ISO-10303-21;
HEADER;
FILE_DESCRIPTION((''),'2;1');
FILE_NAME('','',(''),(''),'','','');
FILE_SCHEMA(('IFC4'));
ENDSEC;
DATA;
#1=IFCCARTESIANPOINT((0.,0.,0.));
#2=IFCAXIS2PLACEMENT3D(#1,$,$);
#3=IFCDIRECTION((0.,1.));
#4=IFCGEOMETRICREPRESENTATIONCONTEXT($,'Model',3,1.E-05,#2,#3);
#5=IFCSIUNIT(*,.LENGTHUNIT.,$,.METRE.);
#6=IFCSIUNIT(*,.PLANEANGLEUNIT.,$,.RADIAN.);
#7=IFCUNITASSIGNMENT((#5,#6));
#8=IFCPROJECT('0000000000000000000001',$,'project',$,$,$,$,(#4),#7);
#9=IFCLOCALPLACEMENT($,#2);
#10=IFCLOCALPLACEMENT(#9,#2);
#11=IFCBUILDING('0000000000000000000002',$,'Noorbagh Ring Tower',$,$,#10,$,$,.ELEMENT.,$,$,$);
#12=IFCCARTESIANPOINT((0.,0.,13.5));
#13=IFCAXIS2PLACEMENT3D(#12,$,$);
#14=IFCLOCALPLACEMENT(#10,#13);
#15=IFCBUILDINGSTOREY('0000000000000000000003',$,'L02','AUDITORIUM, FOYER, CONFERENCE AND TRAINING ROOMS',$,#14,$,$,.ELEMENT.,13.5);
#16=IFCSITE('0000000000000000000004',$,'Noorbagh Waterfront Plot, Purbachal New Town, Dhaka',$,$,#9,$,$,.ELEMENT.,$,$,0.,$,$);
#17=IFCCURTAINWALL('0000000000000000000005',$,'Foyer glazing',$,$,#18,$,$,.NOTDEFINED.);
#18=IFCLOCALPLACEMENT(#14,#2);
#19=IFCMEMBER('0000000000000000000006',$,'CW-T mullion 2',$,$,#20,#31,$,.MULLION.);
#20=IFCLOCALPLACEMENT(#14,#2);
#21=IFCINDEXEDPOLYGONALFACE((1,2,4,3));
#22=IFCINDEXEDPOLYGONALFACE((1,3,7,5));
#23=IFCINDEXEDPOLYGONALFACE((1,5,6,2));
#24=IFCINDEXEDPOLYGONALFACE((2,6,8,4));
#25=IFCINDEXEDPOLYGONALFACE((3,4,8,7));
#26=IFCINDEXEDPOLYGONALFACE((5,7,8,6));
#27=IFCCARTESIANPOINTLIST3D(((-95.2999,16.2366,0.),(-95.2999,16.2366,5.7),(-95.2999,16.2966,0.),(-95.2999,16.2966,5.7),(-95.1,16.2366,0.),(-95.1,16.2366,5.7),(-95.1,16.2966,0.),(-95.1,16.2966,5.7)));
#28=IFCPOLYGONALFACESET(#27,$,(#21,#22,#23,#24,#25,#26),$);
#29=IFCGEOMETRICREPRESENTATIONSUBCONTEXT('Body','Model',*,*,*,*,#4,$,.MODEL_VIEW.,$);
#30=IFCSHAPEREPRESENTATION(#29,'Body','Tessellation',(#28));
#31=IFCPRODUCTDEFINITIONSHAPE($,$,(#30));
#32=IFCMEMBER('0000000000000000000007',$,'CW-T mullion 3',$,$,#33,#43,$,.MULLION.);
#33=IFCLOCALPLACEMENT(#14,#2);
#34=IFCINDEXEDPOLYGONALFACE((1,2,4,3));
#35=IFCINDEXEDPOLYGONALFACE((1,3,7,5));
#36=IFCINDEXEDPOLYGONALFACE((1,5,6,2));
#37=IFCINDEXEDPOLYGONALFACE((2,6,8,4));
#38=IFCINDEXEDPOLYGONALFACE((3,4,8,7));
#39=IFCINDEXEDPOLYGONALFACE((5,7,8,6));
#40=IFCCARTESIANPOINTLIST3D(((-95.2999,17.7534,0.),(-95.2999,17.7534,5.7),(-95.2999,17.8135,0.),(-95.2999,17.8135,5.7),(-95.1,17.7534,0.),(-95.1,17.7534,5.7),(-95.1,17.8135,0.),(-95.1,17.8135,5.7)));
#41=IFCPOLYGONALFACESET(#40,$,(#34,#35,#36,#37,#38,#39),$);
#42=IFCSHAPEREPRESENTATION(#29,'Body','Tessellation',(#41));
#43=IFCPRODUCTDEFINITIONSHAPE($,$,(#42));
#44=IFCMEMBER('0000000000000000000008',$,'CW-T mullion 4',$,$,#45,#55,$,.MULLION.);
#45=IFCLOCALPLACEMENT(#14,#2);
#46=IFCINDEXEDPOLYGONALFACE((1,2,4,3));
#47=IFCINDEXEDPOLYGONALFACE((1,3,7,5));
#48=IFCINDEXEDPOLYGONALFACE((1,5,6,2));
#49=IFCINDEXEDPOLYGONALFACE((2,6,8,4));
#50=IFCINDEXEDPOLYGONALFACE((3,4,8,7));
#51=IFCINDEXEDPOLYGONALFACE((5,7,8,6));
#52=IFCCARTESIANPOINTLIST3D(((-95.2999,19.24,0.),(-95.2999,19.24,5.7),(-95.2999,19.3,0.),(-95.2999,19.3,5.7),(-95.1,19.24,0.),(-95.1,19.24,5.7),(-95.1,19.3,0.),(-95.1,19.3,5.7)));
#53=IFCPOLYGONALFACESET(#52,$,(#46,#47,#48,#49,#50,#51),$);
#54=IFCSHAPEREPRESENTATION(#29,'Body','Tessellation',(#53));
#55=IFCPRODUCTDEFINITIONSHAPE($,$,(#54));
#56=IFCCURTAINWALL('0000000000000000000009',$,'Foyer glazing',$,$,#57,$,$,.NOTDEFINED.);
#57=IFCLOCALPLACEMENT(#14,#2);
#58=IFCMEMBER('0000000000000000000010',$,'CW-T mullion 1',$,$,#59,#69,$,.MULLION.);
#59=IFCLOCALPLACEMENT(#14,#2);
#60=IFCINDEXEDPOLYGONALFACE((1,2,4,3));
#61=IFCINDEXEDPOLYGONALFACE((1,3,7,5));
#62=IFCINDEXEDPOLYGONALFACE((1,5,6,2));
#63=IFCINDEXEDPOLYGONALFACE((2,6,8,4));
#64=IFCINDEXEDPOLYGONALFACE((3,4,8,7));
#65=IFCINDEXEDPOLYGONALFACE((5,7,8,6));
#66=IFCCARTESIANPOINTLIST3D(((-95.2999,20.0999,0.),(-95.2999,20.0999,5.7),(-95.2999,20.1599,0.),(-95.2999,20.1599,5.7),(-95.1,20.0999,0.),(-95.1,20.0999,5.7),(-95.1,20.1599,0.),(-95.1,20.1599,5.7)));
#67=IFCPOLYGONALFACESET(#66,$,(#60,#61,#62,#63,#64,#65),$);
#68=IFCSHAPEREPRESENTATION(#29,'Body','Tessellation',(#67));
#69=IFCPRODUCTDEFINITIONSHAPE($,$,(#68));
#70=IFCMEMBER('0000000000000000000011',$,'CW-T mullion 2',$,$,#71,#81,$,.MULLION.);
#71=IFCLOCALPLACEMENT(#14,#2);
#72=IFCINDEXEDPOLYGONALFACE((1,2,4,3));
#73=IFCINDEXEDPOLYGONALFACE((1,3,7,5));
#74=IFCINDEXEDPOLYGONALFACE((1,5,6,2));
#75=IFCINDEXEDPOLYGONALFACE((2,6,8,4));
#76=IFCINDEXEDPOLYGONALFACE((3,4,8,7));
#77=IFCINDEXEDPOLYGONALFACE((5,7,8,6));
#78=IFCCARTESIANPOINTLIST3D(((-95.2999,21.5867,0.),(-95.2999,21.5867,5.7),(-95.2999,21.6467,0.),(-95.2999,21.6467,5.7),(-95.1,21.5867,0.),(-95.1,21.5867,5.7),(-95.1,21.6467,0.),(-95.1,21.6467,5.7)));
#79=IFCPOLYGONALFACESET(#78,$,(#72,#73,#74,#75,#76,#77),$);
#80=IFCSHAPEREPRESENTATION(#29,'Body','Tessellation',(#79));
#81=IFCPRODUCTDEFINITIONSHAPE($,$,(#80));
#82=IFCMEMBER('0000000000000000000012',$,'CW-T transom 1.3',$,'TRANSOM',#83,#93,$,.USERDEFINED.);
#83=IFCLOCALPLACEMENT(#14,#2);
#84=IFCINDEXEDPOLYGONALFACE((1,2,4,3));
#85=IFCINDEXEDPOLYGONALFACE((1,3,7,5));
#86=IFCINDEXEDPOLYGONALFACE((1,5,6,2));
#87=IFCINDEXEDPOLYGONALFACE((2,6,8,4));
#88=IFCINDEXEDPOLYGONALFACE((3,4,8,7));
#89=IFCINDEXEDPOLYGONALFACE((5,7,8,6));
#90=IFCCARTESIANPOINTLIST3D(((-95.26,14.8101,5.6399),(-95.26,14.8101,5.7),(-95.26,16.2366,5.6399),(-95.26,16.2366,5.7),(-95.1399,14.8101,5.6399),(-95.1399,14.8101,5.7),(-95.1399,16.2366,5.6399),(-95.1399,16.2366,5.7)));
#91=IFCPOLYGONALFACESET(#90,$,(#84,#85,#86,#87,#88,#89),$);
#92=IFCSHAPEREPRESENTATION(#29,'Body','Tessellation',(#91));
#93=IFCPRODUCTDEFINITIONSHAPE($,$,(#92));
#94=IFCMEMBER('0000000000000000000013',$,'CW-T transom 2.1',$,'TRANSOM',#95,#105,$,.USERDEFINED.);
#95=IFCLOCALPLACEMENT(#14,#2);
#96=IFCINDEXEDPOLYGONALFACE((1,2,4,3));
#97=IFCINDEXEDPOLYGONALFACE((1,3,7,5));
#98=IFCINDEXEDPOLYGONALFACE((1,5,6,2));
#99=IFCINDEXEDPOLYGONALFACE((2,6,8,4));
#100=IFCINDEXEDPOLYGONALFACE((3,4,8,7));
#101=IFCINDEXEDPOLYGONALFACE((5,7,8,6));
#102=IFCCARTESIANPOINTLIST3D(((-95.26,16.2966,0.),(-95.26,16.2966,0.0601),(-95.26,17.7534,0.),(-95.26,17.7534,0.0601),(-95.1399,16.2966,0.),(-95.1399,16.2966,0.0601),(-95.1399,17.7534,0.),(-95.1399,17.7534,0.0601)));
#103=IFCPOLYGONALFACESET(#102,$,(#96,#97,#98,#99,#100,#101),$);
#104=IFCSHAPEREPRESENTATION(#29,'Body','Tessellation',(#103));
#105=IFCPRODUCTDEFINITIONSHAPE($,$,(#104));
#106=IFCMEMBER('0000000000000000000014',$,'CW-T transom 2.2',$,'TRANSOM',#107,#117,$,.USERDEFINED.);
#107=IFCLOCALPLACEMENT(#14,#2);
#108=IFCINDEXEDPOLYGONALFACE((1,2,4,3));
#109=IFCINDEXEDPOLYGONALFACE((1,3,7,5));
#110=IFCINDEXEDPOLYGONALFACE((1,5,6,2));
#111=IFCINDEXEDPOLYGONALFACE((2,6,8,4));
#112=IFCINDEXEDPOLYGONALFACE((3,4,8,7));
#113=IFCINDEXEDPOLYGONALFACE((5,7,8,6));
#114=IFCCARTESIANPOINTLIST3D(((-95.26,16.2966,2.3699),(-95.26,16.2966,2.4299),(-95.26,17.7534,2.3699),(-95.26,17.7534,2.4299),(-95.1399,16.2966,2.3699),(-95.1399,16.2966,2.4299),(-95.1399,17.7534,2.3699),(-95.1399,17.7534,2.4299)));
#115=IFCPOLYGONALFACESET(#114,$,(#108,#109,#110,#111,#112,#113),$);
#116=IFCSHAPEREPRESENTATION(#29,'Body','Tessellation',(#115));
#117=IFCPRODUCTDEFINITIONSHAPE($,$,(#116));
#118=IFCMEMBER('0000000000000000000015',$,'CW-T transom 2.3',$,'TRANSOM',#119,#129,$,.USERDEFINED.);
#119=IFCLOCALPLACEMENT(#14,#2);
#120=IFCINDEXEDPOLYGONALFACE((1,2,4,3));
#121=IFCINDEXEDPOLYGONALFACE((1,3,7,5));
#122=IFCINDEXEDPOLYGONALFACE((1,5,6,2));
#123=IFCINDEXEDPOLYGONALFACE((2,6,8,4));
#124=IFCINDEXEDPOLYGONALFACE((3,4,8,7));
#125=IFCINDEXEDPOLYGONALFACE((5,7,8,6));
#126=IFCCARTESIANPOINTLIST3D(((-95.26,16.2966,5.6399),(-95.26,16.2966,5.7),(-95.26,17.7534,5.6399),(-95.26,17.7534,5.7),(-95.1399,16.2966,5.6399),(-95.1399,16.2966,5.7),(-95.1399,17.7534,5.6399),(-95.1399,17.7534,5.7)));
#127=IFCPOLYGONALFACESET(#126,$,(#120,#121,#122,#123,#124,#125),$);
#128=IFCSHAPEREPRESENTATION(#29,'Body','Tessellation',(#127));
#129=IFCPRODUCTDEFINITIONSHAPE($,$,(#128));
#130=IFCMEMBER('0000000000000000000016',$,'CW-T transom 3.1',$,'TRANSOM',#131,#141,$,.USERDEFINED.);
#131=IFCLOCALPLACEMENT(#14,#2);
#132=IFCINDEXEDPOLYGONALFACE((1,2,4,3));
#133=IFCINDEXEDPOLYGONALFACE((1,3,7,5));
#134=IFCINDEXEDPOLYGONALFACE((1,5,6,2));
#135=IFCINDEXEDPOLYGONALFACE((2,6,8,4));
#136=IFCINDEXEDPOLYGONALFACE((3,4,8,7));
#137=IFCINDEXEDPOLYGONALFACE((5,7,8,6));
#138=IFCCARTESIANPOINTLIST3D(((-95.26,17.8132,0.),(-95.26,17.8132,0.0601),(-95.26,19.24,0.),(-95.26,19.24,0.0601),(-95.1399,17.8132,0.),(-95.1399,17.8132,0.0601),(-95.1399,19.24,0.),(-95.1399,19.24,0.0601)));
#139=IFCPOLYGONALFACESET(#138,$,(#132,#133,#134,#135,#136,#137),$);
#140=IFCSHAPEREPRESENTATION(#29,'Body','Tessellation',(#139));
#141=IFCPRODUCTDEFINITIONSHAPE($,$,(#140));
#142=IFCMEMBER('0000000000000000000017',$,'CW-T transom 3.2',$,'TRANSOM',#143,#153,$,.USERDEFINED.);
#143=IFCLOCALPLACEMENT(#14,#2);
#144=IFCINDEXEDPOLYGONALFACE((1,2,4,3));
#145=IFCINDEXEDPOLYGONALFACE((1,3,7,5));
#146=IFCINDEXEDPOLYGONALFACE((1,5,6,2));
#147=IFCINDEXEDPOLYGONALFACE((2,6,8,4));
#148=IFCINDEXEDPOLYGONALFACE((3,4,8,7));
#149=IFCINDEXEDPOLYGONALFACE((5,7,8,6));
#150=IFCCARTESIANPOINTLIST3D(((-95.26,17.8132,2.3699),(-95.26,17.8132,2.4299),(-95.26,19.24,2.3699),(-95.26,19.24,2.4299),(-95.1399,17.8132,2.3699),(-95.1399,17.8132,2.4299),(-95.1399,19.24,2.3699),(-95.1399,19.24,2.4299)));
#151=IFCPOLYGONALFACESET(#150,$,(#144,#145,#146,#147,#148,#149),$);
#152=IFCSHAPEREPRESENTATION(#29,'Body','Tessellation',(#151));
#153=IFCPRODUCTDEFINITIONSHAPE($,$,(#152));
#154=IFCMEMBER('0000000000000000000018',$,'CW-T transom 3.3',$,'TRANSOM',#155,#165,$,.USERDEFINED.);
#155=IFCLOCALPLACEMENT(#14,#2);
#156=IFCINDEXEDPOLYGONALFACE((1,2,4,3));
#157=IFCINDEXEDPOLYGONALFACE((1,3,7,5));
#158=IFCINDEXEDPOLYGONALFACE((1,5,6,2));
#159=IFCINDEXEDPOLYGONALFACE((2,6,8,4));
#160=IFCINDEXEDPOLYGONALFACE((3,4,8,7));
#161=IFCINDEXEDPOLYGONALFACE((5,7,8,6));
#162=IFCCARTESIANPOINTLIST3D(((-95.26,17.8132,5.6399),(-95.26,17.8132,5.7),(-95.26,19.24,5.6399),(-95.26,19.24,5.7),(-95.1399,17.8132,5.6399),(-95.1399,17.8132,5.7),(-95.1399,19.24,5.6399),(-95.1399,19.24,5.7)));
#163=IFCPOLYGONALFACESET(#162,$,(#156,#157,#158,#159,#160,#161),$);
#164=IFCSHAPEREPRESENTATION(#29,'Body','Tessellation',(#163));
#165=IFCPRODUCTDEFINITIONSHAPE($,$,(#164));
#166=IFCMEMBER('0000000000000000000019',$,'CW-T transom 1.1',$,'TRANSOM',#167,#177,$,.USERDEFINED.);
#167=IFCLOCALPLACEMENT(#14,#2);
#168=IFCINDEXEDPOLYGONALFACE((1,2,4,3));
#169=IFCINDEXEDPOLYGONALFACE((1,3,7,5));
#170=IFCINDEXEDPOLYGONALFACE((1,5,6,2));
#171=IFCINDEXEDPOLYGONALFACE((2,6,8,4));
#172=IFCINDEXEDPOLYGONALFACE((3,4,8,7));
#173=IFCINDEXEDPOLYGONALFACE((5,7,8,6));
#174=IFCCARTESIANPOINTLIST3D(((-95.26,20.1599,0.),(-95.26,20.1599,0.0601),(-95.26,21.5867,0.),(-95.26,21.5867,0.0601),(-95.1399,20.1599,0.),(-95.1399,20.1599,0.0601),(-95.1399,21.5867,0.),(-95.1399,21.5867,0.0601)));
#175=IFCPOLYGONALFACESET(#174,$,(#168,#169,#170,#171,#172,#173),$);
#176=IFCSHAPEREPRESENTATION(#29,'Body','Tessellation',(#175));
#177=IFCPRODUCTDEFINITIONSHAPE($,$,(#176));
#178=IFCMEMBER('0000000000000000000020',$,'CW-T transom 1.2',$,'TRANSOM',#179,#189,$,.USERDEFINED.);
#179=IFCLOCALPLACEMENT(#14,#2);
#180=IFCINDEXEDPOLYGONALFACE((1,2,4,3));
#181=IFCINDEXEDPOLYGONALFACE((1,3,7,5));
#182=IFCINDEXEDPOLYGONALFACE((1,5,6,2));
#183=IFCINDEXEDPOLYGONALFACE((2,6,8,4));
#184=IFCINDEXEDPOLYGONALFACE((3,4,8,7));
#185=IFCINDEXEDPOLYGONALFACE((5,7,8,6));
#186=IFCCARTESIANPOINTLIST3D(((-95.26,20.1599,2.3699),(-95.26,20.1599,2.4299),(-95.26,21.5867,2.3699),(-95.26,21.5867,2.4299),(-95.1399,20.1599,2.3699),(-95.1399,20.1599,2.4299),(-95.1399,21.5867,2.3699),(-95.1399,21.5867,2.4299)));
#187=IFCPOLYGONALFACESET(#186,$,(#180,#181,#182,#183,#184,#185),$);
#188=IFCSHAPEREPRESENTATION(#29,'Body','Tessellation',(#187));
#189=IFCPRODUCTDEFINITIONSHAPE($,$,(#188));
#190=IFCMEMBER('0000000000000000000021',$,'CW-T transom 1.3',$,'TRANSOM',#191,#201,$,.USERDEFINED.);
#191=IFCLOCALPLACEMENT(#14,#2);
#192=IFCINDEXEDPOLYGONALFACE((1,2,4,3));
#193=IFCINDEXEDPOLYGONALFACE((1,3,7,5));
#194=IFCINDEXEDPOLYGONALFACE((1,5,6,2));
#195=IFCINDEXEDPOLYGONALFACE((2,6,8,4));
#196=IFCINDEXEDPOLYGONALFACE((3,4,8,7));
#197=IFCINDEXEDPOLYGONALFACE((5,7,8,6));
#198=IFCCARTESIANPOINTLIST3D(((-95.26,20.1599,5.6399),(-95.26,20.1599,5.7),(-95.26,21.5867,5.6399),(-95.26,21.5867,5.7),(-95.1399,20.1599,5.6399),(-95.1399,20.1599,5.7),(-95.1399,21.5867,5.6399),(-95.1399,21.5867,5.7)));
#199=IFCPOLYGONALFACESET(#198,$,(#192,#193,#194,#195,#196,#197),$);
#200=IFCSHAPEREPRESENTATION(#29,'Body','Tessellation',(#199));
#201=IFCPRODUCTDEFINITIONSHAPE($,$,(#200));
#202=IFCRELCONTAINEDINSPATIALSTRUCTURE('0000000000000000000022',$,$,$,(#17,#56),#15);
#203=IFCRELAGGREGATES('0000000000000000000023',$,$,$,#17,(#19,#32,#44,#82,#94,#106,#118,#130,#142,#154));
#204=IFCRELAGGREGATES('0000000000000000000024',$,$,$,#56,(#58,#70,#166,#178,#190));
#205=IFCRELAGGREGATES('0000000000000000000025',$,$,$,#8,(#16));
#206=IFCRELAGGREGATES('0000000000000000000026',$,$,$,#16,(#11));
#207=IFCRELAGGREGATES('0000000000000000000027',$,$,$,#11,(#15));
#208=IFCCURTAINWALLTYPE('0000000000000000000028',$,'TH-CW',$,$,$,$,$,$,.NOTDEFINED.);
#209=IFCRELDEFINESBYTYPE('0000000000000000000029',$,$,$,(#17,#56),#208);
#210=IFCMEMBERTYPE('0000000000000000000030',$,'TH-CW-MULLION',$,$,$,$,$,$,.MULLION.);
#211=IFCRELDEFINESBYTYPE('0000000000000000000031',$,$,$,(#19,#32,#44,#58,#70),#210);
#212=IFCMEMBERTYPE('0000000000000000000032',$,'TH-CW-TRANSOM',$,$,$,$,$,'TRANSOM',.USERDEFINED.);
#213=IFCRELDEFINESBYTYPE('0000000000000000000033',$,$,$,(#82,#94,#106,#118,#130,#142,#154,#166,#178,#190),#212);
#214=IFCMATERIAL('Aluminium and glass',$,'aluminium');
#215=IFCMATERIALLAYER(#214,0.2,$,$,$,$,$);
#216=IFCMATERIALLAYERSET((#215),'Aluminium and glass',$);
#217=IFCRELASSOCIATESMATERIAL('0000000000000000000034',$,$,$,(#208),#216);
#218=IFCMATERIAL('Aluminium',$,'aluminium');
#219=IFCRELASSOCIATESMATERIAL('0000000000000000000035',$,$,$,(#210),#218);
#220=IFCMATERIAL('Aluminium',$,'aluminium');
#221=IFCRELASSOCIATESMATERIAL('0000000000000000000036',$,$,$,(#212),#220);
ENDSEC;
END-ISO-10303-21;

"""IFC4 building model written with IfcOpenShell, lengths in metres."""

from ifc_helpers import new_model, si_unit, direction, frame, origin, origin_2d, place, context, subcontext, project, spatial, rectangle, extrude, material, layer, layer_set, material_profile, profile_set, type_object, element, aggregate, save


model = new_model("IFC4")

# Units and contexts
model_context = context("Model", 3, precision=1e-05, world=origin(), true_north=direction((0.0, 1.0)))
body_context = subcontext(model_context, "Body", "Model", "MODEL_VIEW")
ifc_project = project(units=[si_unit("LENGTHUNIT", "METRE"), si_unit("PLANEANGLEUNIT", "RADIAN")], contexts=[model_context])

# Site, building, storey
site_placement = place(None, origin())
site = spatial("IfcSite", under=ifc_project, at=site_placement, Name="Noorbagh Waterfront Plot, Purbachal New Town, Dhaka", CompositionType="ELEMENT", RefElevation=0.0)
building_placement = place(site_placement, origin())
building = spatial("IfcBuilding", under=site, at=building_placement, Name="Noorbagh Ring Tower", CompositionType="ELEMENT")
storey_placement = place(building_placement, frame((0.0, 0.0, 13.5)))
storey = spatial("IfcBuildingStorey", under=building, at=storey_placement, Name="L02", Description="AUDITORIUM, FOYER, CONFERENCE AND TRAINING ROOMS", CompositionType="ELEMENT", Elevation=13.5)

# Curtain walls, members
ifc_material_1 = material(Name="Aluminium and glass", Category="aluminium")
ifc_layer_1 = layer(ifc_material_1, 0.2)
ifc_layer_set_1 = layer_set([ifc_layer_1], Name="Aluminium and glass")
curtain_wall_type = type_object("IfcCurtainWallType", Name="TH-CW", PredefinedType="NOTDEFINED", material=ifc_layer_set_1)
curtain_wall_1_placement = place(storey_placement, origin())
curtain_wall_1 = element("IfcCurtainWall", 1, at=curtain_wall_1_placement, inside=storey, type_object=curtain_wall_type, Name="Foyer glazing", PredefinedType="NOTDEFINED")
ifc_material_2 = material(Name="Aluminium", Category="aluminium")
ifc_material_profile_1 = material_profile(ifc_material_2, rectangle(XDim=0.2, YDim=0.0601, at=origin_2d()), Name="AL 200x60")
ifc_profile_set_1 = profile_set([ifc_material_profile_1], Name="Aluminium")
member_type_1 = type_object("IfcMemberType", Name="TH-CW-MULLION", PredefinedType="MULLION", material=ifc_profile_set_1)
member_1_placement = place(storey_placement, frame((-95.2, 16.2666, 0.0), z_axis=(0.0, 0.0, 1.0), x_axis=(-1.0, 0.0, 0.0)))
member_1 = element("IfcMember", 2, at=member_1_placement, type_object=member_type_1, Name="CW-T mullion 2", PredefinedType="MULLION", context=body_context, shape_type="SweptSolid", body=[
    extrude(rectangle(XDim=0.2, YDim=0.0601, at=origin_2d()), origin(), (0.0, 0.0, 1.0), 5.7),
])
member_2_placement = place(storey_placement, frame((-95.2, 17.7834, 0.0), z_axis=(0.0, 0.0, 1.0), x_axis=(-1.0, 0.0, 0.0)))
member_2 = element("IfcMember", 3, at=member_2_placement, type_object=member_type_1, Name="CW-T mullion 3", PredefinedType="MULLION", context=body_context, shape_type="SweptSolid", body=[
    extrude(rectangle(XDim=0.2, YDim=0.0601, at=origin_2d()), origin(), (0.0, 0.0, 1.0), 5.7),
])
member_3_placement = place(storey_placement, frame((-95.2, 19.27, 0.0), z_axis=(0.0, 0.0, 1.0), x_axis=(-1.0, 0.0, 0.0)))
member_3 = element("IfcMember", 4, at=member_3_placement, type_object=member_type_1, Name="CW-T mullion 4", PredefinedType="MULLION", context=body_context, shape_type="SweptSolid", body=[
    extrude(rectangle(XDim=0.2, YDim=0.0601, at=origin_2d()), origin(), (0.0, 0.0, 1.0), 5.7),
])
curtain_wall_2_placement = place(storey_placement, origin())
curtain_wall_2 = element("IfcCurtainWall", 5, at=curtain_wall_2_placement, inside=storey, type_object=curtain_wall_type, Name="Foyer glazing", PredefinedType="NOTDEFINED")
member_4_placement = place(storey_placement, frame((-95.2, 20.1299, 0.0), z_axis=(0.0, 0.0, 1.0), x_axis=(-1.0, 0.0, 0.0)))
member_4 = element("IfcMember", 6, at=member_4_placement, type_object=member_type_1, Name="CW-T mullion 1", PredefinedType="MULLION", context=body_context, shape_type="SweptSolid", body=[
    extrude(rectangle(XDim=0.2, YDim=0.0601, at=origin_2d()), origin(), (0.0, 0.0, 1.0), 5.7),
])
member_5_placement = place(storey_placement, frame((-95.2, 21.6167, 0.0), z_axis=(0.0, 0.0, 1.0), x_axis=(-1.0, 0.0, 0.0)))
member_5 = element("IfcMember", 7, at=member_5_placement, type_object=member_type_1, Name="CW-T mullion 2", PredefinedType="MULLION", context=body_context, shape_type="SweptSolid", body=[
    extrude(rectangle(XDim=0.2, YDim=0.0601, at=origin_2d()), origin(), (0.0, 0.0, 1.0), 5.7),
])

# Members
ifc_material_3 = material(Name="Aluminium", Category="aluminium")
ifc_material_profile_2 = material_profile(ifc_material_3, rectangle(XDim=0.1201, YDim=0.0601, at=origin_2d()), Name="AL 120x60")
ifc_profile_set_2 = profile_set([ifc_material_profile_2], Name="Aluminium")
member_type_2 = type_object("IfcMemberType", Name="TH-CW-TRANSOM", ElementType="TRANSOM", PredefinedType="USERDEFINED", material=ifc_profile_set_2)
member_6_placement = place(storey_placement, frame((-95.2, 14.8101, 5.6699), z_axis=(0.0, 1.0, 0.0), x_axis=(-1.0, 0.0, 0.0)))
member_6 = element("IfcMember", 8, at=member_6_placement, type_object=member_type_2, Name="CW-T transom 1.3", ObjectType="TRANSOM", PredefinedType="USERDEFINED", context=body_context, shape_type="SweptSolid", body=[
    extrude(rectangle(XDim=0.1201, YDim=0.0601, at=origin_2d()), origin(), (0.0, 0.0, 1.0), 1.4265),
])
member_7_placement = place(storey_placement, frame((-95.2, 16.2966, 0.03), z_axis=(0.0, 1.0, 0.0), x_axis=(-1.0, 0.0, 0.0)))
member_7 = element("IfcMember", 9, at=member_7_placement, type_object=member_type_2, Name="CW-T transom 2.1", ObjectType="TRANSOM", PredefinedType="USERDEFINED", context=body_context, shape_type="SweptSolid", body=[
    extrude(rectangle(XDim=0.1201, YDim=0.0601, at=origin_2d()), origin(), (0.0, 0.0, 1.0), 1.4568),
])
member_8_placement = place(storey_placement, frame((-95.2, 16.2966, 2.3999), z_axis=(0.0, 1.0, 0.0), x_axis=(-1.0, 0.0, 0.0)))
member_8 = element("IfcMember", 10, at=member_8_placement, type_object=member_type_2, Name="CW-T transom 2.2", ObjectType="TRANSOM", PredefinedType="USERDEFINED", context=body_context, shape_type="SweptSolid", body=[
    extrude(rectangle(XDim=0.1201, YDim=0.0601, at=origin_2d()), origin(), (0.0, 0.0, 1.0), 1.4568),
])
member_9_placement = place(storey_placement, frame((-95.2, 16.2966, 5.6699), z_axis=(0.0, 1.0, 0.0), x_axis=(-1.0, 0.0, 0.0)))
member_9 = element("IfcMember", 11, at=member_9_placement, type_object=member_type_2, Name="CW-T transom 2.3", ObjectType="TRANSOM", PredefinedType="USERDEFINED", context=body_context, shape_type="SweptSolid", body=[
    extrude(rectangle(XDim=0.1201, YDim=0.0601, at=origin_2d()), origin(), (0.0, 0.0, 1.0), 1.4568),
])
member_10_placement = place(storey_placement, frame((-95.2, 17.8132, 0.03), z_axis=(0.0, 1.0, 0.0), x_axis=(-1.0, 0.0, 0.0)))
member_10 = element("IfcMember", 12, at=member_10_placement, type_object=member_type_2, Name="CW-T transom 3.1", ObjectType="TRANSOM", PredefinedType="USERDEFINED", context=body_context, shape_type="SweptSolid", body=[
    extrude(rectangle(XDim=0.1201, YDim=0.0601, at=origin_2d()), origin(), (0.0, 0.0, 1.0), 1.4268),
])
member_11_placement = place(storey_placement, frame((-95.2, 17.8132, 2.3999), z_axis=(0.0, 1.0, 0.0), x_axis=(-1.0, 0.0, 0.0)))
member_11 = element("IfcMember", 13, at=member_11_placement, type_object=member_type_2, Name="CW-T transom 3.2", ObjectType="TRANSOM", PredefinedType="USERDEFINED", context=body_context, shape_type="SweptSolid", body=[
    extrude(rectangle(XDim=0.1201, YDim=0.0601, at=origin_2d()), origin(), (0.0, 0.0, 1.0), 1.4268),
])
member_12_placement = place(storey_placement, frame((-95.2, 17.8132, 5.6699), z_axis=(0.0, 1.0, 0.0), x_axis=(-1.0, 0.0, 0.0)))
member_12 = element("IfcMember", 14, at=member_12_placement, type_object=member_type_2, Name="CW-T transom 3.3", ObjectType="TRANSOM", PredefinedType="USERDEFINED", context=body_context, shape_type="SweptSolid", body=[
    extrude(rectangle(XDim=0.1201, YDim=0.0601, at=origin_2d()), origin(), (0.0, 0.0, 1.0), 1.4268),
])
member_13_placement = place(storey_placement, frame((-95.2, 20.1599, 0.03), z_axis=(0.0, 1.0, 0.0), x_axis=(-1.0, 0.0, 0.0)))
member_13 = element("IfcMember", 15, at=member_13_placement, type_object=member_type_2, Name="CW-T transom 1.1", ObjectType="TRANSOM", PredefinedType="USERDEFINED", context=body_context, shape_type="SweptSolid", body=[
    extrude(rectangle(XDim=0.1201, YDim=0.0601, at=origin_2d()), origin(), (0.0, 0.0, 1.0), 1.4268),
])
member_14_placement = place(storey_placement, frame((-95.2, 20.1599, 2.3999), z_axis=(0.0, 1.0, 0.0), x_axis=(-1.0, 0.0, 0.0)))
member_14 = element("IfcMember", 16, at=member_14_placement, type_object=member_type_2, Name="CW-T transom 1.2", ObjectType="TRANSOM", PredefinedType="USERDEFINED", context=body_context, shape_type="SweptSolid", body=[
    extrude(rectangle(XDim=0.1201, YDim=0.0601, at=origin_2d()), origin(), (0.0, 0.0, 1.0), 1.4268),
])
member_15_placement = place(storey_placement, frame((-95.2, 20.1599, 5.6699), z_axis=(0.0, 1.0, 0.0), x_axis=(-1.0, 0.0, 0.0)))
member_15 = element("IfcMember", 17, at=member_15_placement, type_object=member_type_2, Name="CW-T transom 1.3", ObjectType="TRANSOM", PredefinedType="USERDEFINED", context=body_context, shape_type="SweptSolid", body=[
    extrude(rectangle(XDim=0.1201, YDim=0.0601, at=origin_2d()), origin(), (0.0, 0.0, 1.0), 1.4268),
])

aggregate(curtain_wall_1, [member_1, member_2, member_3, member_6, member_7, member_8, member_9, member_10, member_11, member_12])
aggregate(curtain_wall_2, [member_4, member_5, member_13, member_14, member_15])

save(model, "model.ifc")
